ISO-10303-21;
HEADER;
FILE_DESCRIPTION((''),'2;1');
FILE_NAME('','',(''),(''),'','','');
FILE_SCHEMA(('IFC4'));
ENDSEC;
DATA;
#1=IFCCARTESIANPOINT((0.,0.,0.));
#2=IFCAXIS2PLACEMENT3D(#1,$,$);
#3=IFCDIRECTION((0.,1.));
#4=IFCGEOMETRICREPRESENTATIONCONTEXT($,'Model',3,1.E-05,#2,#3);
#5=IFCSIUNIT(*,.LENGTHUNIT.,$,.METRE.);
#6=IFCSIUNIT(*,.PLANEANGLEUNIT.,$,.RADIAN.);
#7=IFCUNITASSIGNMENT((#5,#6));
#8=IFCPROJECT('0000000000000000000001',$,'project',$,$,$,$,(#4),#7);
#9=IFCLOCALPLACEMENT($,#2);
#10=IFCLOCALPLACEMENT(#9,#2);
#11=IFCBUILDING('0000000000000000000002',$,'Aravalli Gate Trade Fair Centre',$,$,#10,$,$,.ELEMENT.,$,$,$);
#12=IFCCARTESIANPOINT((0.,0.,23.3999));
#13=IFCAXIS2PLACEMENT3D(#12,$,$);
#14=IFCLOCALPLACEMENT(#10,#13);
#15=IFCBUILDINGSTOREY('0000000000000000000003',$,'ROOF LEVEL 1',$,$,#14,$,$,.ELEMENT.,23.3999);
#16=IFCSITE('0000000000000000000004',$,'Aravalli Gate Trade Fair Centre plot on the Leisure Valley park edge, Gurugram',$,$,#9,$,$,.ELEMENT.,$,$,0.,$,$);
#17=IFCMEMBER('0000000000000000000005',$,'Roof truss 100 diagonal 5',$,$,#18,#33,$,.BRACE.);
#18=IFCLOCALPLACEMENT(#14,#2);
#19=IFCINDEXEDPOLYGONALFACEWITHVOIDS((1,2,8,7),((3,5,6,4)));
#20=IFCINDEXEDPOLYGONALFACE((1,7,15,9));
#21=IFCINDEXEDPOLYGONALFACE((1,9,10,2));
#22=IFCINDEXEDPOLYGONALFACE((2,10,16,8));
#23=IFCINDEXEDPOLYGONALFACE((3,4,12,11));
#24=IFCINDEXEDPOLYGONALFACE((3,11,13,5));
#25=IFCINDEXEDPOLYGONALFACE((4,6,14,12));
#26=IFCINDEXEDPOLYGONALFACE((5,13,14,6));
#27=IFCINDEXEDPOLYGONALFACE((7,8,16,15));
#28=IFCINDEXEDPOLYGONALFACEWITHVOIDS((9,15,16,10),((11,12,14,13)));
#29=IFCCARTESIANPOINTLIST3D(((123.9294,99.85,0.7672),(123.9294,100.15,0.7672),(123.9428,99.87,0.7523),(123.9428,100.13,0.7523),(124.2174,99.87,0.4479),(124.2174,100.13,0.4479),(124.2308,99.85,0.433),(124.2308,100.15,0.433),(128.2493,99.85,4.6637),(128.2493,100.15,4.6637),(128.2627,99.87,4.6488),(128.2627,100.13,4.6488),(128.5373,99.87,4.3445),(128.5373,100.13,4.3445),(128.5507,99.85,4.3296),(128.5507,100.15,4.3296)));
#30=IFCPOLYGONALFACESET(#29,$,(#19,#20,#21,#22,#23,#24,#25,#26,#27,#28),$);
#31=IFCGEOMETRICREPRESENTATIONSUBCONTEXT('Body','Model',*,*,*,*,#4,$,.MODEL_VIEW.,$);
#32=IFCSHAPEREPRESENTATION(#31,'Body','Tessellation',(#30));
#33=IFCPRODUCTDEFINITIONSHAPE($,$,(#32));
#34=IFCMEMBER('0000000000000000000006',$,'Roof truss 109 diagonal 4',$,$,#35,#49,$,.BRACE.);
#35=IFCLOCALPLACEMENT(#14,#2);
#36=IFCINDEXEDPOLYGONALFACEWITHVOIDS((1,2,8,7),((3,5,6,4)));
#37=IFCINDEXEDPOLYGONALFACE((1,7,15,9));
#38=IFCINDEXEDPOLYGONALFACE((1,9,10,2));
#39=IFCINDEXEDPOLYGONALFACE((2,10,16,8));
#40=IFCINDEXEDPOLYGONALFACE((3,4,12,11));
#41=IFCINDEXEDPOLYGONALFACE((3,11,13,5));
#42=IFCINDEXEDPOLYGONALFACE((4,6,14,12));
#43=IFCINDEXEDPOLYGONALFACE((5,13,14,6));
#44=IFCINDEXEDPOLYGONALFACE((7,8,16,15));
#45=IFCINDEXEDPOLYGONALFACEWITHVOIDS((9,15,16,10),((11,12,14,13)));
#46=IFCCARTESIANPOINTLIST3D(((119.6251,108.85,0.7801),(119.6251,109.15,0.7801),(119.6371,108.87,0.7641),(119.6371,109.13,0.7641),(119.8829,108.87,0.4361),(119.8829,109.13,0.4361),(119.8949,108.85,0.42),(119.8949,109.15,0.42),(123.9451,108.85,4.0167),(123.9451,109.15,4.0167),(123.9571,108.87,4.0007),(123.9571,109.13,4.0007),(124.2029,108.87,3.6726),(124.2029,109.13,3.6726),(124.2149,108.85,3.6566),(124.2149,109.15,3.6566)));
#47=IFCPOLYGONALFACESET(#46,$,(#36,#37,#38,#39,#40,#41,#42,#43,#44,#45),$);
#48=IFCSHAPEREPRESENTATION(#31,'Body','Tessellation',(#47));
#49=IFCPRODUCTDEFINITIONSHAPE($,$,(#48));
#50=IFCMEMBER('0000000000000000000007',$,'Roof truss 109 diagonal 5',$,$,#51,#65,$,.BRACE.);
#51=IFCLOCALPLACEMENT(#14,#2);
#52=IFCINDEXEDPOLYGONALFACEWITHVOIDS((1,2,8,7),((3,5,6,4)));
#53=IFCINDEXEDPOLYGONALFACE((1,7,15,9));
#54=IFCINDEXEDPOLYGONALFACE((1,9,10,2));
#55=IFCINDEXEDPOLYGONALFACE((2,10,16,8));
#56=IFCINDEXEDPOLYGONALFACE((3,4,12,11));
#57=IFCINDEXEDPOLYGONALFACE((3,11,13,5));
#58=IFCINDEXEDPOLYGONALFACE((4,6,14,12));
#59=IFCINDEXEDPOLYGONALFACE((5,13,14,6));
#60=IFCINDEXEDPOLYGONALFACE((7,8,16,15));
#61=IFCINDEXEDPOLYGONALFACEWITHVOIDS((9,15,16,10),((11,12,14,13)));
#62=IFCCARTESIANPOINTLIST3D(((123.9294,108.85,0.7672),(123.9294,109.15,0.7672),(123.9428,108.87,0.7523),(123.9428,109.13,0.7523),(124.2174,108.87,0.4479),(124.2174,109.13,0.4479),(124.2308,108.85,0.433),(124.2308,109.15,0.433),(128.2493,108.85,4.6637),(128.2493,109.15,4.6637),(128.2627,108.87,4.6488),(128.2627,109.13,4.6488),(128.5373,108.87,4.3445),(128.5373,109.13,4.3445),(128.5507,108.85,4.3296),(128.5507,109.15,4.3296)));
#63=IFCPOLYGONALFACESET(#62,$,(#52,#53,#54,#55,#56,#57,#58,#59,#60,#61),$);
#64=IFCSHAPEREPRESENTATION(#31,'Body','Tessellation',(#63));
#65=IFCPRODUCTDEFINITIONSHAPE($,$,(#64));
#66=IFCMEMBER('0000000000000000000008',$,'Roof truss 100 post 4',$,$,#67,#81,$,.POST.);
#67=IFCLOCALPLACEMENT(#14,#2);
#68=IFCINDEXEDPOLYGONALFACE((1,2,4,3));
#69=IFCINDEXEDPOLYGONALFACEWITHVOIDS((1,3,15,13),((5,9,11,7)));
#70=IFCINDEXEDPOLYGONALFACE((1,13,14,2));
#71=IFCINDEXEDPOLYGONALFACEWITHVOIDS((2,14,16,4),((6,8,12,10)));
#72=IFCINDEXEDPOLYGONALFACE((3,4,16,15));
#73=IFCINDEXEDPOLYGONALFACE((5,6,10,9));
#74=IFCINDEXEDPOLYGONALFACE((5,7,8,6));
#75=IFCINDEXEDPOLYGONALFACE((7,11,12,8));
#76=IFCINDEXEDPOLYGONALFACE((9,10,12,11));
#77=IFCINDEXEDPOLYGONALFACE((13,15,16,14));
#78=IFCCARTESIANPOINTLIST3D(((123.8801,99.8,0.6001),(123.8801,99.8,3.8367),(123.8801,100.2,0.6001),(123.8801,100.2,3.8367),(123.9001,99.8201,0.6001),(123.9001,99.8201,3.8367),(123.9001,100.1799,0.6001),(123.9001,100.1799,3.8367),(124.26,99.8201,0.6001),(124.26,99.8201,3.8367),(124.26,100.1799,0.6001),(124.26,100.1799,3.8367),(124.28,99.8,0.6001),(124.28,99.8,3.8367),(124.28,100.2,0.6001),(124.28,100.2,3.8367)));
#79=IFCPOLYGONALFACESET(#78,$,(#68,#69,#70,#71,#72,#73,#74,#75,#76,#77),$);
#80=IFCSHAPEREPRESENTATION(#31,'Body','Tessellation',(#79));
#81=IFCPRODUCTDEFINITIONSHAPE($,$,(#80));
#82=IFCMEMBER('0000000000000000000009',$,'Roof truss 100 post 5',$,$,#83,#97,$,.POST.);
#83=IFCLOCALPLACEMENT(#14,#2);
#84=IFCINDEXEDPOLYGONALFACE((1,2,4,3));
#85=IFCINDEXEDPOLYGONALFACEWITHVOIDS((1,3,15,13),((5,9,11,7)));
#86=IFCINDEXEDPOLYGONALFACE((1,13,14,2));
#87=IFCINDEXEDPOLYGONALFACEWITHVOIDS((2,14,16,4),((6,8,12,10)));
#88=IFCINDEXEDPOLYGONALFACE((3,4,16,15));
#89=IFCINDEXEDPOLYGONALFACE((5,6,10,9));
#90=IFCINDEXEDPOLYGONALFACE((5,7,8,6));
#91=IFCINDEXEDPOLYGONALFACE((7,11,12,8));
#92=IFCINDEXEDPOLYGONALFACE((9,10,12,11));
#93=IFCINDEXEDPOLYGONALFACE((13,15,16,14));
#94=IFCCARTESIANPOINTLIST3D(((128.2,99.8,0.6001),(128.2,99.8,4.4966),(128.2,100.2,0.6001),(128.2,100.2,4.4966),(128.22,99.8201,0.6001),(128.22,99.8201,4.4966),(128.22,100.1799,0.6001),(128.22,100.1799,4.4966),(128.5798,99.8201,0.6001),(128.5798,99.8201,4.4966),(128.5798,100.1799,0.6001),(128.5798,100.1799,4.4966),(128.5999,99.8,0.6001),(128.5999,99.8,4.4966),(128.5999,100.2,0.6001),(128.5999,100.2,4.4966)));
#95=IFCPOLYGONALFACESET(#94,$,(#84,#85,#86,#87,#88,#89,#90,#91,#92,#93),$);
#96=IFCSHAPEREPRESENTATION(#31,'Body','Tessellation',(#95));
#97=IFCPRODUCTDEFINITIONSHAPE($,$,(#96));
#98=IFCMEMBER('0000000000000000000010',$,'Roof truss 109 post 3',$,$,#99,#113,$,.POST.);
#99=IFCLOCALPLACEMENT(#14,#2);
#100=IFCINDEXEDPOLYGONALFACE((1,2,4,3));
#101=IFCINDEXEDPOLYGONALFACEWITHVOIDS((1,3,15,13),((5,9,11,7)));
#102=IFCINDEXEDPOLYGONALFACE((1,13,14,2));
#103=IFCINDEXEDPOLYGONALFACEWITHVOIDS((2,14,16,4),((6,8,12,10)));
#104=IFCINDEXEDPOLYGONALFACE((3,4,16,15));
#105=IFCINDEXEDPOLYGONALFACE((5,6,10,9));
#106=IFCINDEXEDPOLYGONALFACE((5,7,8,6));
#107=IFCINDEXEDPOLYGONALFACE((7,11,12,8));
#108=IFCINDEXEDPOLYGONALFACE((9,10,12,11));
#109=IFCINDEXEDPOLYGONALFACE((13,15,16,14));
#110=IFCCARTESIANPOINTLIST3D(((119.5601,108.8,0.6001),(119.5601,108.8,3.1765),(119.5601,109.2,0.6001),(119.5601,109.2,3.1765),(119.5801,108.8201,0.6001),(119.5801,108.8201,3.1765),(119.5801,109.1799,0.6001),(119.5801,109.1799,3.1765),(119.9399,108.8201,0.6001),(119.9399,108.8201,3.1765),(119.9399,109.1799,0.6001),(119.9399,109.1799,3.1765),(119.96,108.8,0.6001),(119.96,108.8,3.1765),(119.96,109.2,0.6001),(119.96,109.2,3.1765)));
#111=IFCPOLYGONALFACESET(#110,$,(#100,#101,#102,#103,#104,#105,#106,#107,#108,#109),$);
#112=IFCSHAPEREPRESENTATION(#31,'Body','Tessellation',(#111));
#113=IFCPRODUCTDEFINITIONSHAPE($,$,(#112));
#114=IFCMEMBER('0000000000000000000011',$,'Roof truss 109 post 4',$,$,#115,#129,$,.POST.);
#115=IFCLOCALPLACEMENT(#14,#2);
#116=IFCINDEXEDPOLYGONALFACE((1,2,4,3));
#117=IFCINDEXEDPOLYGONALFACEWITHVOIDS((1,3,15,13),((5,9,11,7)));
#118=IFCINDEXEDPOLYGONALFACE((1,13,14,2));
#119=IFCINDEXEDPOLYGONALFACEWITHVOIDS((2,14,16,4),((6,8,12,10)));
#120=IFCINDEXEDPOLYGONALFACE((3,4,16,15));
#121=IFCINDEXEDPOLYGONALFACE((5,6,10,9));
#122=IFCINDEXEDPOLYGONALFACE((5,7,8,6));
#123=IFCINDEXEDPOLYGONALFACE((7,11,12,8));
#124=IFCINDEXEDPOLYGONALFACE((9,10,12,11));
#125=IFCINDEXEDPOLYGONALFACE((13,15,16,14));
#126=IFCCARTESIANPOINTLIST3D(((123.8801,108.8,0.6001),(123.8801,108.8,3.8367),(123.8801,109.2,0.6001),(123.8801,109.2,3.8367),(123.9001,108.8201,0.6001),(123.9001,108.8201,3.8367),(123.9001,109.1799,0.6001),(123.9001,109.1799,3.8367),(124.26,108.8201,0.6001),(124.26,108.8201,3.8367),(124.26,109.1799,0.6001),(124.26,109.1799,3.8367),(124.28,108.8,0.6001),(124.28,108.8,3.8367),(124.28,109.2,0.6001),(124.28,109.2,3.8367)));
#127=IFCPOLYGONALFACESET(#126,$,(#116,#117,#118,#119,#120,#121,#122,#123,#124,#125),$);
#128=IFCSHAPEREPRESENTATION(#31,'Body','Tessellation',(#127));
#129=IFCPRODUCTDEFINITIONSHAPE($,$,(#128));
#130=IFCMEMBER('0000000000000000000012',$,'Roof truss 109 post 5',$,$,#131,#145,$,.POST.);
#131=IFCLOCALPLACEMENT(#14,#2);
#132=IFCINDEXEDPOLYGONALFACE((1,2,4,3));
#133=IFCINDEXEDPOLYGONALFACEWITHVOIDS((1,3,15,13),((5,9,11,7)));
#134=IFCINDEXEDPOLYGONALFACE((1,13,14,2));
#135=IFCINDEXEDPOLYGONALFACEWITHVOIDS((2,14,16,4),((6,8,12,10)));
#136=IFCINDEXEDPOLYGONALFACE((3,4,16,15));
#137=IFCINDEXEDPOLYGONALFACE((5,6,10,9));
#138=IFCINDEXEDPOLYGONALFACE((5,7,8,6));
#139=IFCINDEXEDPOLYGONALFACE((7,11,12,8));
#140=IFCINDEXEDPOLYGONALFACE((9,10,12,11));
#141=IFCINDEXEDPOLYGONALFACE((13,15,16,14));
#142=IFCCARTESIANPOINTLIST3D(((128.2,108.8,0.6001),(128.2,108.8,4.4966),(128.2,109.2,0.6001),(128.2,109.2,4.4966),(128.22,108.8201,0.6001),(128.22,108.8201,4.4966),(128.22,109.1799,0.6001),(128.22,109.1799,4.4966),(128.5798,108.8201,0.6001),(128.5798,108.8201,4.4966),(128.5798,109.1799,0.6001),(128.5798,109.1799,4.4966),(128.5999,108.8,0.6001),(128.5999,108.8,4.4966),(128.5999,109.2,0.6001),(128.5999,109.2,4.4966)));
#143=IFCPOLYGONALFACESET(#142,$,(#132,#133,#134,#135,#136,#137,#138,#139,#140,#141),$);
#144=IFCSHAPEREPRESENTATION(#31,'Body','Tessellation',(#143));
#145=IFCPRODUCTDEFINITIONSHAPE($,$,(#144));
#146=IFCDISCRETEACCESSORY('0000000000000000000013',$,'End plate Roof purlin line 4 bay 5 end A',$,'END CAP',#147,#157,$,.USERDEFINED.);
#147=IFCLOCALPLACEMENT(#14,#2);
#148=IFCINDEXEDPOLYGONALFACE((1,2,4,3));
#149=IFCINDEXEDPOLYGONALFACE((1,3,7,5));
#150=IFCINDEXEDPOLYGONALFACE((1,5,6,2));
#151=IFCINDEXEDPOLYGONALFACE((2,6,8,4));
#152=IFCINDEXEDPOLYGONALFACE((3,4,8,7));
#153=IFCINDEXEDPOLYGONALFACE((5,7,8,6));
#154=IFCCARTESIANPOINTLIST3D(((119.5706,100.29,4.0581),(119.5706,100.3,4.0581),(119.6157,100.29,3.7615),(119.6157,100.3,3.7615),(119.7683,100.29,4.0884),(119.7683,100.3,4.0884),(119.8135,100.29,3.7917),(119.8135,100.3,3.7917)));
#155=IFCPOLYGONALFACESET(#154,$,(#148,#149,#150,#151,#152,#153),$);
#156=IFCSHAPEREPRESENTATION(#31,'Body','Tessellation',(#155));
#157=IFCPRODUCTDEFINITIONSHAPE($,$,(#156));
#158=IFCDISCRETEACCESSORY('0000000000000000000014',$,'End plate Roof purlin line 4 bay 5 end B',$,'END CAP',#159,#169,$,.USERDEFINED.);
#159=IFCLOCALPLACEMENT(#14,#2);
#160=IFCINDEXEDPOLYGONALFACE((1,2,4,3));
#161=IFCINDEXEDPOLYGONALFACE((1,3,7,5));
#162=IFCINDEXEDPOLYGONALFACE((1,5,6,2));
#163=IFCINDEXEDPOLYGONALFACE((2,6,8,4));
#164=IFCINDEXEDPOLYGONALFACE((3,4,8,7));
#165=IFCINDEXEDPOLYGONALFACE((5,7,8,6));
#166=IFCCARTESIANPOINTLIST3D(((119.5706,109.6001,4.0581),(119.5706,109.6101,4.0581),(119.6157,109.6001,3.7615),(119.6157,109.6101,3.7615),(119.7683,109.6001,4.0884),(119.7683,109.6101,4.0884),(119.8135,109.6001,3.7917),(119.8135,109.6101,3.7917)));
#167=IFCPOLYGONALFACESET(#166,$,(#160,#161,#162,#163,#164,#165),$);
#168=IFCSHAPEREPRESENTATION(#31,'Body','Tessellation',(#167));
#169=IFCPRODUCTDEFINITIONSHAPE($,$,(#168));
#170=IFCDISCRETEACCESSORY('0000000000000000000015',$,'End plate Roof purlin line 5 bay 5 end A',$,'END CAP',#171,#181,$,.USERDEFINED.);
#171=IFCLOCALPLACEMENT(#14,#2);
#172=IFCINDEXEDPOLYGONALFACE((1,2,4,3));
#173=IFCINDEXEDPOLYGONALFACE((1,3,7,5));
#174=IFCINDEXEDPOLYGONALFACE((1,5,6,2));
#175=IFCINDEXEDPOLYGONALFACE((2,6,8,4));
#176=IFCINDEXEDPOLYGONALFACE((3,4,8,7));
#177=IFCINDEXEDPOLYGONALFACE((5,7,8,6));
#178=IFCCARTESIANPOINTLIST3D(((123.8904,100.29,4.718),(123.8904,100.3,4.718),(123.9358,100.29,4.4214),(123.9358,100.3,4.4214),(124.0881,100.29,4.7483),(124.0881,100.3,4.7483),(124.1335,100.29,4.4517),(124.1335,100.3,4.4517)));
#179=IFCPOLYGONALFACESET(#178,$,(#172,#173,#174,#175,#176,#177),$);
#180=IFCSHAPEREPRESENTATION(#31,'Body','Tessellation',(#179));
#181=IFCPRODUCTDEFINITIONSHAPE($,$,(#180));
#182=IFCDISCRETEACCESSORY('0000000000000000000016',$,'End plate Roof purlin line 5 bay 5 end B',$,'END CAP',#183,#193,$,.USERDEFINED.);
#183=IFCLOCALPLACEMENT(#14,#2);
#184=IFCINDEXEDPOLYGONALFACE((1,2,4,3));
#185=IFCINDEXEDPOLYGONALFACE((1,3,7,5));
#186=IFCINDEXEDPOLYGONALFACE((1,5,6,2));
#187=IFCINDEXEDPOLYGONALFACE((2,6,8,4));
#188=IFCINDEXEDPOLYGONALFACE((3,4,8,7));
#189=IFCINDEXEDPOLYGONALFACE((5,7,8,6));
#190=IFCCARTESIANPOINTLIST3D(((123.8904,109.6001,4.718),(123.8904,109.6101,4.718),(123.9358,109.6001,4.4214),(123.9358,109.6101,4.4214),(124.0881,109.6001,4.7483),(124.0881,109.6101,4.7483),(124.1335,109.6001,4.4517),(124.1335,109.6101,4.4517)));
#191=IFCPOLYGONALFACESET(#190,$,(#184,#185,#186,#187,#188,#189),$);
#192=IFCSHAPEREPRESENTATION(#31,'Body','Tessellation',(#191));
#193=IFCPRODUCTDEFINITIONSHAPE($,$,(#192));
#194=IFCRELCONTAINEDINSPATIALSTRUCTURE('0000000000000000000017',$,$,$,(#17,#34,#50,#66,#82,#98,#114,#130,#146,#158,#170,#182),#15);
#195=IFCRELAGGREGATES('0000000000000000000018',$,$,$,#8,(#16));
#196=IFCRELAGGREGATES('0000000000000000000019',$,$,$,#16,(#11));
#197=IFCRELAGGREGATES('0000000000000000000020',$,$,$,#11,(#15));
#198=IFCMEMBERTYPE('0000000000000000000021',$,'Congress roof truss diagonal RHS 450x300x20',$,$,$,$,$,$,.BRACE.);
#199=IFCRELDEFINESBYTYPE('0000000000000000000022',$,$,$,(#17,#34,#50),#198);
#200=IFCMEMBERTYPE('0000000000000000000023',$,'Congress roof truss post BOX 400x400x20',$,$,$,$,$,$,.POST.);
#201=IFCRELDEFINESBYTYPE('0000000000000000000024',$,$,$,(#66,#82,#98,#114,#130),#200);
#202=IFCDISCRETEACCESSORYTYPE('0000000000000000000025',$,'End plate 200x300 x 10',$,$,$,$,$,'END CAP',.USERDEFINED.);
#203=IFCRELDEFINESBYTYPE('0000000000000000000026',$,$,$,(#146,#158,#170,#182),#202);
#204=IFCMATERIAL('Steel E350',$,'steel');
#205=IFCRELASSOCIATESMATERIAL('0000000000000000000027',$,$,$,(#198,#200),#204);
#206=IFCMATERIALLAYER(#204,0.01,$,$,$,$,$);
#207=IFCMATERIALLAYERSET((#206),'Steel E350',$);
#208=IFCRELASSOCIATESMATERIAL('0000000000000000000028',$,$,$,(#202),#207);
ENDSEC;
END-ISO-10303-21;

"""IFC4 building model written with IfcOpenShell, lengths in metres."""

from ifc_helpers import new_model, si_unit, direction, frame, origin, origin_2d, place, context, subcontext, project, spatial, polyline, hollow_rectangle, outline, extrude, material, layer, layer_set, material_profile, profile_set, type_object, element, save


model = new_model("IFC4")

# Units and contexts
model_context = context("Model", 3, precision=1e-05, world=origin(), true_north=direction((0.0, 1.0)))
body_context = subcontext(model_context, "Body", "Model", "MODEL_VIEW")
ifc_project = project(units=[si_unit("LENGTHUNIT", "METRE"), si_unit("PLANEANGLEUNIT", "RADIAN")], contexts=[model_context])

# Site, building, storey
site_placement = place(None, origin())
site = spatial("IfcSite", under=ifc_project, at=site_placement, Name="Aravalli Gate Trade Fair Centre plot on the Leisure Valley park edge, Gurugram", CompositionType="ELEMENT", RefElevation=0.0)
building_placement = place(site_placement, origin())
building = spatial("IfcBuilding", under=site, at=building_placement, Name="Aravalli Gate Trade Fair Centre", CompositionType="ELEMENT")
storey_placement = place(building_placement, frame((0.0, 0.0, 23.3999)))
storey = spatial("IfcBuildingStorey", under=building, at=storey_placement, Name="ROOF LEVEL 1", CompositionType="ELEMENT", Elevation=23.3999)

# Members
ifc_material = material(Name="Steel E350", Category="steel")
ifc_material_profile_1 = material_profile(ifc_material, hollow_rectangle(XDim=0.3, YDim=0.45, WallThickness=0.02, at=origin_2d()), Name="RHS 450x300x20")
ifc_profile_set_1 = profile_set([ifc_material_profile_1], Name="Steel E350")
member_type_1 = type_object("IfcMemberType", Name="Congress roof truss diagonal RHS 450x300x20", PredefinedType="BRACE", material=ifc_profile_set_1)
member_1_placement = place(storey_placement, frame((124.0801, 100.0, 0.6001), z_axis=(0.742555, 0.0, 0.669785), x_axis=(0.0, 1.0, 0.0)))
element("IfcMember", 1, at=member_1_placement, inside=storey, type_object=member_type_1, Name="Roof truss 100 diagonal 5", PredefinedType="BRACE", context=body_context, shape_type="SweptSolid", body=[
    extrude(hollow_rectangle(XDim=0.3, YDim=0.45, WallThickness=0.02, at=origin_2d()), origin(), (0.0, 0.0, 1.0), 5.8176),
])
member_2_placement = place(storey_placement, frame((119.76, 109.0, 0.6001), z_axis=(0.800309, 0.0, 0.599587), x_axis=(0.0, 1.0, 0.0)))
element("IfcMember", 2, at=member_2_placement, inside=storey, type_object=member_type_1, Name="Roof truss 109 diagonal 4", PredefinedType="BRACE", context=body_context, shape_type="SweptSolid", body=[
    extrude(hollow_rectangle(XDim=0.3, YDim=0.45, WallThickness=0.02, at=origin_2d()), origin(), (0.0, 0.0, 1.0), 5.3979),
])
member_3_placement = place(storey_placement, frame((124.0801, 109.0, 0.6001), z_axis=(0.742555, 0.0, 0.669785), x_axis=(0.0, 1.0, 0.0)))
element("IfcMember", 3, at=member_3_placement, inside=storey, type_object=member_type_1, Name="Roof truss 109 diagonal 5", PredefinedType="BRACE", context=body_context, shape_type="SweptSolid", body=[
    extrude(hollow_rectangle(XDim=0.3, YDim=0.45, WallThickness=0.02, at=origin_2d()), origin(), (0.0, 0.0, 1.0), 5.8176),
])
ifc_material_profile_2 = material_profile(ifc_material, hollow_rectangle(XDim=0.3999, YDim=0.3999, WallThickness=0.02, at=origin_2d()), Name="BOX 400x400x20")
ifc_profile_set_2 = profile_set([ifc_material_profile_2], Name="Steel E350")
member_type_2 = type_object("IfcMemberType", Name="Congress roof truss post BOX 400x400x20", PredefinedType="POST", material=ifc_profile_set_2)
member_4_placement = place(storey_placement, frame((124.0801, 100.0, 0.6001), z_axis=(0.0, 0.0, 1.0), x_axis=(1.0, 0.0, 0.0)))
element("IfcMember", 4, at=member_4_placement, inside=storey, type_object=member_type_2, Name="Roof truss 100 post 4", PredefinedType="POST", context=body_context, shape_type="SweptSolid", body=[
    extrude(hollow_rectangle(XDim=0.3999, YDim=0.3999, WallThickness=0.02, at=origin_2d()), origin(), (0.0, 0.0, 1.0), 3.2366),
])
member_5_placement = place(storey_placement, frame((128.3999, 100.0, 0.6001), z_axis=(0.0, 0.0, 1.0), x_axis=(1.0, 0.0, 0.0)))
element("IfcMember", 5, at=member_5_placement, inside=storey, type_object=member_type_2, Name="Roof truss 100 post 5", PredefinedType="POST", context=body_context, shape_type="SweptSolid", body=[
    extrude(hollow_rectangle(XDim=0.3999, YDim=0.3999, WallThickness=0.02, at=origin_2d()), origin(), (0.0, 0.0, 1.0), 3.8965),
])
member_6_placement = place(storey_placement, frame((119.76, 109.0, 0.6001), z_axis=(0.0, 0.0, 1.0), x_axis=(1.0, 0.0, 0.0)))
element("IfcMember", 6, at=member_6_placement, inside=storey, type_object=member_type_2, Name="Roof truss 109 post 3", PredefinedType="POST", context=body_context, shape_type="SweptSolid", body=[
    extrude(hollow_rectangle(XDim=0.3999, YDim=0.3999, WallThickness=0.02, at=origin_2d()), origin(), (0.0, 0.0, 1.0), 2.5764),
])
member_7_placement = place(storey_placement, frame((124.0801, 109.0, 0.6001), z_axis=(0.0, 0.0, 1.0), x_axis=(1.0, 0.0, 0.0)))
element("IfcMember", 7, at=member_7_placement, inside=storey, type_object=member_type_2, Name="Roof truss 109 post 4", PredefinedType="POST", context=body_context, shape_type="SweptSolid", body=[
    extrude(hollow_rectangle(XDim=0.3999, YDim=0.3999, WallThickness=0.02, at=origin_2d()), origin(), (0.0, 0.0, 1.0), 3.2366),
])
member_8_placement = place(storey_placement, frame((128.3999, 109.0, 0.6001), z_axis=(0.0, 0.0, 1.0), x_axis=(1.0, 0.0, 0.0)))
element("IfcMember", 8, at=member_8_placement, inside=storey, type_object=member_type_2, Name="Roof truss 109 post 5", PredefinedType="POST", context=body_context, shape_type="SweptSolid", body=[
    extrude(hollow_rectangle(XDim=0.3999, YDim=0.3999, WallThickness=0.02, at=origin_2d()), origin(), (0.0, 0.0, 1.0), 3.8965),
])

# Discrete accessories
ifc_layer_1 = layer(ifc_material, 0.01)
ifc_layer_set_1 = layer_set([ifc_layer_1], Name="Steel E350")
discrete_accessory_type_1 = type_object("IfcDiscreteAccessoryType", Name="End plate 200x300 x 10", ElementType="END CAP", PredefinedType="USERDEFINED", material=ifc_layer_set_1)
for number, where, z_axis, x_axis, name in (
    (9, (119.8135, 100.3, 3.7917), (0.0, 1.0, 0.0), (-0.988484, 0.0, -0.151324), "End plate Roof purlin line 4 bay 5 end A"),
    (10, (119.8135, 109.6101, 3.7917), (0.0, 1.0, 0.0), (-0.988484, 0.0, -0.151324), "End plate Roof purlin line 4 bay 5 end B"),
):
    element("IfcDiscreteAccessory", number, at=place(storey_placement, frame(where, z_axis=z_axis, x_axis=x_axis)), inside=storey, type_object=discrete_accessory_type_1, Name=name, ObjectType="END CAP", PredefinedType="USERDEFINED", context=body_context, shape_type="SweptSolid", body=[
        extrude(outline(polyline([(0.0, 0.0), (0.2001, 0.0), (0.1998, 0.3), (-0.0002, 0.3), (0.0, 0.0)])), origin(), (0.0, 0.0, -1.0), 0.01),
    ])
for number, where, z_axis, x_axis, name in (
    (11, (124.1335, 100.3, 4.4517), (0.0, 1.0, 0.0), (-0.988484, 0.0, -0.151324), "End plate Roof purlin line 5 bay 5 end A"),
    (12, (124.1335, 109.6101, 4.4517), (0.0, 1.0, 0.0), (-0.988484, 0.0, -0.151324), "End plate Roof purlin line 5 bay 5 end B"),
):
    element("IfcDiscreteAccessory", number, at=place(storey_placement, frame(where, z_axis=z_axis, x_axis=x_axis)), inside=storey, type_object=discrete_accessory_type_1, Name=name, ObjectType="END CAP", PredefinedType="USERDEFINED", context=body_context, shape_type="SweptSolid", body=[
        extrude(outline(polyline([(0.0, 0.0), (0.2001, 0.0), (0.2001, 0.3001), (0.0, 0.3001), (0.0, 0.0)])), origin(), (0.0, 0.0, -1.0), 0.01),
    ])

save(model, "model.ifc")
